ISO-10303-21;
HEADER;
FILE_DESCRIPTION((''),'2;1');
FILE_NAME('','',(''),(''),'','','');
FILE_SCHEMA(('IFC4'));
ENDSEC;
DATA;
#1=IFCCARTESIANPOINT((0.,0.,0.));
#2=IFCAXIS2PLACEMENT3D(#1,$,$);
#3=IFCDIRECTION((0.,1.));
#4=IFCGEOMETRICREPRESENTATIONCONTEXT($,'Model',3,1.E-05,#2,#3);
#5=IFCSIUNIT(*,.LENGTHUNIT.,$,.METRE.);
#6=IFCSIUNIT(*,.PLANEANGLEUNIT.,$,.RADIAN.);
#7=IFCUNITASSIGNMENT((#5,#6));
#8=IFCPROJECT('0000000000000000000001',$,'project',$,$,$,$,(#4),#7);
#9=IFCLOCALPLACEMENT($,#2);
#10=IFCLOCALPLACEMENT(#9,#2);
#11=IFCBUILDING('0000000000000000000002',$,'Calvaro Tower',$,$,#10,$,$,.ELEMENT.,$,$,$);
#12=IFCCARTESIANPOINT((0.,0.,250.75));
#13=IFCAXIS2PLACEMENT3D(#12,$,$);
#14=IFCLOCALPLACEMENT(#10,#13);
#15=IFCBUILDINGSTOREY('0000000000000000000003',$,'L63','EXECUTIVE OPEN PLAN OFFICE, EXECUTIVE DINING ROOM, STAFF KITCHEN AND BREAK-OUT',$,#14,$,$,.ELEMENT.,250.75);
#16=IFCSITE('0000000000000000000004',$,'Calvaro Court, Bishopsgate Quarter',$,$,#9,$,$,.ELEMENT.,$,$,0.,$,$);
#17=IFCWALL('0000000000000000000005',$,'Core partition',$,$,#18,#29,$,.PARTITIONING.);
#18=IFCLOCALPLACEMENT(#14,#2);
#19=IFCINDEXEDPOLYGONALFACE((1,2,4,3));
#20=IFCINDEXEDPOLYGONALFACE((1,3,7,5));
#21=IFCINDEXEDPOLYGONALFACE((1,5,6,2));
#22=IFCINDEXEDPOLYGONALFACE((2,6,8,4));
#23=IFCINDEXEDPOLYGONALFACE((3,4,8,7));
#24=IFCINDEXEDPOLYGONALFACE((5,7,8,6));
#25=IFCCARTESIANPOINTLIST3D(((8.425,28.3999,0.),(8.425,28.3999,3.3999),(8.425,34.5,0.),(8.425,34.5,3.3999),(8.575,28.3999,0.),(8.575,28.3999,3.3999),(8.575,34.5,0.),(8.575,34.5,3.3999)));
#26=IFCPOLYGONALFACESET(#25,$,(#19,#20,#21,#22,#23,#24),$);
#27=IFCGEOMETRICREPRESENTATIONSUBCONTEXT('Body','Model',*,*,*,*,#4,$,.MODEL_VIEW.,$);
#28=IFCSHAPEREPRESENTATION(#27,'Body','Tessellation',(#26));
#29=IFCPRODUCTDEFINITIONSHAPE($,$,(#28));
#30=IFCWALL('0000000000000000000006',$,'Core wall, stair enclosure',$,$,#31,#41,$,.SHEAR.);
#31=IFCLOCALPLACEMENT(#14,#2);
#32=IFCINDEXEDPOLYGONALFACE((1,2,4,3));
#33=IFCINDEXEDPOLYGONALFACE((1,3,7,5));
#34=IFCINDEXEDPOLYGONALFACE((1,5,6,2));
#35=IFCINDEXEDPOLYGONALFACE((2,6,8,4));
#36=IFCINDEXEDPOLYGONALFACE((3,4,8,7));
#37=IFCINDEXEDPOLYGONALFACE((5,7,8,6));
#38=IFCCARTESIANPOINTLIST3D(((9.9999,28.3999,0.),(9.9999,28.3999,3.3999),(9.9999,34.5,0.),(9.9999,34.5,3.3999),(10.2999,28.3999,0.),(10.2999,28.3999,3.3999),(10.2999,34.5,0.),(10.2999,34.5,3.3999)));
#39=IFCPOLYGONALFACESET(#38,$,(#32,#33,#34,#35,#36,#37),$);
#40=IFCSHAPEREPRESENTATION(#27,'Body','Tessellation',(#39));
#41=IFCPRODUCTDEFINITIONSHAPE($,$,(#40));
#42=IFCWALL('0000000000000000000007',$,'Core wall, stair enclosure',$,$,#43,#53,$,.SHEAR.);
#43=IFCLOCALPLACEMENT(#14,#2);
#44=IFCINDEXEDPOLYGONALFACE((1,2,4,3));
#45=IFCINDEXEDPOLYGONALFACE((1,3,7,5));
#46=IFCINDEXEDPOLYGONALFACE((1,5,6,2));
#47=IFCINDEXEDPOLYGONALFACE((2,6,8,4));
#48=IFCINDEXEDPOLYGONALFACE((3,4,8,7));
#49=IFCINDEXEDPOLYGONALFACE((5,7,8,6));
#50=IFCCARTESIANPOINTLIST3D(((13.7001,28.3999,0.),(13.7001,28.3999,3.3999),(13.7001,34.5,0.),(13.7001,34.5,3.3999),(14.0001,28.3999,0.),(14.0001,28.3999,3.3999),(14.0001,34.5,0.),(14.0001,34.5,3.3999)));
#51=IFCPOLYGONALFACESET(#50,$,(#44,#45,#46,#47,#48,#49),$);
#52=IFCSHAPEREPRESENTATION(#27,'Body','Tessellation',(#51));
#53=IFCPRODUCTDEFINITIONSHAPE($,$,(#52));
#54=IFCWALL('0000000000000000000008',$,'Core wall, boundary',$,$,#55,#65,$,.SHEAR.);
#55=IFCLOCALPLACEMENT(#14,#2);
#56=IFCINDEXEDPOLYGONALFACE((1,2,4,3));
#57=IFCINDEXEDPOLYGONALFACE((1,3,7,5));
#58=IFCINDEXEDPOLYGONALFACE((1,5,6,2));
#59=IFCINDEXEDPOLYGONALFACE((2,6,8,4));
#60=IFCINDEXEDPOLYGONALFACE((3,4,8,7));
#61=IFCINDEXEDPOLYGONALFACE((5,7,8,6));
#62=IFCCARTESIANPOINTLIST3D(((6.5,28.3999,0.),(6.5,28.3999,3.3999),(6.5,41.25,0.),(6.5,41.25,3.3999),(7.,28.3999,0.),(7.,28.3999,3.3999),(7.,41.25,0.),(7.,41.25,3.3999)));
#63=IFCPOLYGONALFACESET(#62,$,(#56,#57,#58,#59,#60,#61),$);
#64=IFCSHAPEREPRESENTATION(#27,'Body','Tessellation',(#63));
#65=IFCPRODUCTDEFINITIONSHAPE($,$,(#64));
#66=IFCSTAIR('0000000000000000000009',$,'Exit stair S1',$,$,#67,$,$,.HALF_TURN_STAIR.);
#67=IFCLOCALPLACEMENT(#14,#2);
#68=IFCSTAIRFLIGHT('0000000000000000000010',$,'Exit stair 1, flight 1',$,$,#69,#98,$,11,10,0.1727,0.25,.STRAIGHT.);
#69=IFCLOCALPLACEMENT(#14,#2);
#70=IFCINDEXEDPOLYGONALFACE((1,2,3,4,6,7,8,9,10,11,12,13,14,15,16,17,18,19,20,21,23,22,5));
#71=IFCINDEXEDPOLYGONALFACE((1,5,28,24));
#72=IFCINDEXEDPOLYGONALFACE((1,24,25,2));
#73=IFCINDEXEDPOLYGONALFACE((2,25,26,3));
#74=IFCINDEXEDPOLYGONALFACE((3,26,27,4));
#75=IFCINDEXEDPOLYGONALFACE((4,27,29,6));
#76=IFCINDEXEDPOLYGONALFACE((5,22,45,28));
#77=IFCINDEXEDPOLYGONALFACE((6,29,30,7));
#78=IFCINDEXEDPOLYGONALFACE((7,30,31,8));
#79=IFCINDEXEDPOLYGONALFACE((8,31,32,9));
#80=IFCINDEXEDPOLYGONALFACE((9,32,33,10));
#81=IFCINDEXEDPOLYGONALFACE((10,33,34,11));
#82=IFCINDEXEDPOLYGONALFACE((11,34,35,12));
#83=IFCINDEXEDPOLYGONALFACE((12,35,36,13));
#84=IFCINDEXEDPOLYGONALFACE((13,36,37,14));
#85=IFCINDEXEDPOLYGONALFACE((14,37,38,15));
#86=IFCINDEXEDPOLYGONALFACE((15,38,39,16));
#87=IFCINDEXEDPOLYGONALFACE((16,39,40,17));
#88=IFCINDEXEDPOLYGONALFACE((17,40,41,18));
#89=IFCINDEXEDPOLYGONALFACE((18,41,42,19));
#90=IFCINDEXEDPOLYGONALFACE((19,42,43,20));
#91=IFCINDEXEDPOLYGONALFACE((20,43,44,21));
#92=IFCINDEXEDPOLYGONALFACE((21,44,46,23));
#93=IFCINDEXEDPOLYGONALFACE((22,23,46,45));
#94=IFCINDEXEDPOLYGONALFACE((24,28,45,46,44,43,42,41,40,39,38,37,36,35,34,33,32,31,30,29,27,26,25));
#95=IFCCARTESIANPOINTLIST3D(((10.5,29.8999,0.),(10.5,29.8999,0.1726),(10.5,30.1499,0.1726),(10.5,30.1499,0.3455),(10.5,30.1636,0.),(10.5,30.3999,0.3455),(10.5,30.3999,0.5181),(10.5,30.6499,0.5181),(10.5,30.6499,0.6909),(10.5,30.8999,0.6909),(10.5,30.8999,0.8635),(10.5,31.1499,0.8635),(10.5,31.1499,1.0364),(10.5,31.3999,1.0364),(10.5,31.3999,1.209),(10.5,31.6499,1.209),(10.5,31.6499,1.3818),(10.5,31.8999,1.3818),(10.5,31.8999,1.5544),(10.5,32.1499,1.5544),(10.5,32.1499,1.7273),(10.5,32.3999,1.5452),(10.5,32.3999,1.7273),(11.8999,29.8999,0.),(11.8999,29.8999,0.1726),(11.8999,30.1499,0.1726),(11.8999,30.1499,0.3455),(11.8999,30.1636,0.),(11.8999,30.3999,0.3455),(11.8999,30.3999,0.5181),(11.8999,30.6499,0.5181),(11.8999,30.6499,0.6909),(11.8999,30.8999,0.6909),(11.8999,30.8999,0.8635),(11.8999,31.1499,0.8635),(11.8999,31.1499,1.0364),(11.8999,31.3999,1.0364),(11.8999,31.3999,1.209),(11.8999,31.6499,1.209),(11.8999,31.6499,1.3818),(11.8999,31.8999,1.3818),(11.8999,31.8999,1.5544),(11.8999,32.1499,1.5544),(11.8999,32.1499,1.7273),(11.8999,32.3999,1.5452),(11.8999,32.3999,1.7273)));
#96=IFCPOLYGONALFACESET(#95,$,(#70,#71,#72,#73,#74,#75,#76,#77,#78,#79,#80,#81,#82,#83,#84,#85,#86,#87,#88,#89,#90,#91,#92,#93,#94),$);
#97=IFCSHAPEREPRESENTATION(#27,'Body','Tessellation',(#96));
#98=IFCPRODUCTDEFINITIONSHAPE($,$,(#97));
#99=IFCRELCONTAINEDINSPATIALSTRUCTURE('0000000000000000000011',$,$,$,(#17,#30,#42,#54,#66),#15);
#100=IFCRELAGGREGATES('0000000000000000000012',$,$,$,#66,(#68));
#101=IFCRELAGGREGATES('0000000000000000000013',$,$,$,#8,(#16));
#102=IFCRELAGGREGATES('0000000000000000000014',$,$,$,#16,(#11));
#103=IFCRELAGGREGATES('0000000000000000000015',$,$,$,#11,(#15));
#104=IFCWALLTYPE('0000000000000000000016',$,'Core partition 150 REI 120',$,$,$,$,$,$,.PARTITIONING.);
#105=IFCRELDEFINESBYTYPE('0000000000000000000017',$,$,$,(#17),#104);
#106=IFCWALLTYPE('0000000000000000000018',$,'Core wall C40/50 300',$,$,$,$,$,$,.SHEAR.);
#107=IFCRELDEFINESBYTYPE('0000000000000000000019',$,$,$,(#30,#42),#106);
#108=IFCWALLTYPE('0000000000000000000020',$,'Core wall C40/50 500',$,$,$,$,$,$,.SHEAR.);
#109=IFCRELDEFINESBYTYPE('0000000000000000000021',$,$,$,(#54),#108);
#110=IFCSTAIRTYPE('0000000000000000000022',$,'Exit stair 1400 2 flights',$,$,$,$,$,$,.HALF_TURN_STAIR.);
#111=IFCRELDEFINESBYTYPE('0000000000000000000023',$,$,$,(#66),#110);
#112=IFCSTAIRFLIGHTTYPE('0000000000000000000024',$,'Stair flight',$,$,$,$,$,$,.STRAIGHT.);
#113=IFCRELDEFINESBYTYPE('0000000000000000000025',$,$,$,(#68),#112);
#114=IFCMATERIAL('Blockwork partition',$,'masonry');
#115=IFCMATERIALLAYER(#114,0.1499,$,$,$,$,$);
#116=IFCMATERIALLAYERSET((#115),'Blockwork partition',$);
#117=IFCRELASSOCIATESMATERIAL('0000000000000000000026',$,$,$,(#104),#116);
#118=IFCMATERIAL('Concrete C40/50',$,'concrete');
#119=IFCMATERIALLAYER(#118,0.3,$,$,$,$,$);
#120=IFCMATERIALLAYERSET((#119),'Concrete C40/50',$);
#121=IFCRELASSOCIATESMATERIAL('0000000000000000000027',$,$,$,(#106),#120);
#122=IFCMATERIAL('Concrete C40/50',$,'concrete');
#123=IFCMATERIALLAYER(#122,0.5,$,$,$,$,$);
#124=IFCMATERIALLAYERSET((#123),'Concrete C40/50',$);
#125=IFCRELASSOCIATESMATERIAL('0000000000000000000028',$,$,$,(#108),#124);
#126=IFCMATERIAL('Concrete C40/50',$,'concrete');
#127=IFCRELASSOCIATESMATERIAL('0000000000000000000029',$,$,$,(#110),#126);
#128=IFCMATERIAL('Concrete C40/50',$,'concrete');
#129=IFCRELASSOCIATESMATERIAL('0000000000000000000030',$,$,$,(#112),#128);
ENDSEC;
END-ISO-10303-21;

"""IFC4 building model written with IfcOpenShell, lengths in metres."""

from ifc_helpers import new_model, si_unit, direction, frame, frame_2d, origin, place, context, subcontext, project, spatial, polyline, rectangle, outline, extrude, material, layer, layer_set, type_object, element, aggregate, save


model = new_model("IFC4")

# Units and contexts
model_context = context("Model", 3, precision=1e-05, world=origin(), true_north=direction((0.0, 1.0)))
body_context = subcontext(model_context, "Body", "Model", "MODEL_VIEW")
ifc_project = project(units=[si_unit("LENGTHUNIT", "METRE"), si_unit("PLANEANGLEUNIT", "RADIAN")], contexts=[model_context])

# Site, building, storey
site_placement = place(None, origin())
site = spatial("IfcSite", under=ifc_project, at=site_placement, Name="Calvaro Court, Bishopsgate Quarter", CompositionType="ELEMENT", RefElevation=0.0)
building_placement = place(site_placement, origin())
building = spatial("IfcBuilding", under=site, at=building_placement, Name="Calvaro Tower", CompositionType="ELEMENT")
storey_placement = place(building_placement, frame((0.0, 0.0, 250.75)))
storey = spatial("IfcBuildingStorey", under=building, at=storey_placement, Name="L63", Description="EXECUTIVE OPEN PLAN OFFICE, EXECUTIVE DINING ROOM, STAFF KITCHEN AND BREAK-OUT", CompositionType="ELEMENT", Elevation=250.75)

# Walls
ifc_material_1 = material(Name="Blockwork partition", Category="masonry")
ifc_layer_1 = layer(ifc_material_1, 0.1499)
ifc_layer_set_1 = layer_set([ifc_layer_1], Name="Blockwork partition")
wall_type_1 = type_object("IfcWallType", Name="Core partition 150 REI 120", PredefinedType="PARTITIONING", material=ifc_layer_set_1)
wall_1_placement = place(storey_placement, frame((8.5, 28.3999, 0.0), z_axis=(0.0, 0.0, 1.0), x_axis=(0.0, 1.0, 0.0)))
element("IfcWall", 1, at=wall_1_placement, inside=storey, type_object=wall_type_1, Name="Core partition", PredefinedType="PARTITIONING", context=body_context, shape_type="SweptSolid", body=[
    extrude(rectangle(XDim=6.1001, YDim=0.1499, at=frame_2d((3.05, 0.0))), origin(), (0.0, 0.0, 1.0), 3.3999),
])
ifc_material_2 = material(Name="Concrete C40/50", Category="concrete")
ifc_layer_2 = layer(ifc_material_2, 0.3)
ifc_layer_set_2 = layer_set([ifc_layer_2], Name="Concrete C40/50")
wall_type_2 = type_object("IfcWallType", Name="Core wall C40/50 300", PredefinedType="SHEAR", material=ifc_layer_set_2)
for number, where, z_axis, x_axis, name in (
    (2, (10.1499, 28.3999, 0.0), (0.0, 0.0, 1.0), (0.0, 1.0, 0.0), "Core wall, stair enclosure"),
    (3, (13.8501, 28.3999, 0.0), (0.0, 0.0, 1.0), (0.0, 1.0, 0.0), "Core wall, stair enclosure"),
):
    element("IfcWall", number, at=place(storey_placement, frame(where, z_axis=z_axis, x_axis=x_axis)), inside=storey, type_object=wall_type_2, Name=name, PredefinedType="SHEAR", context=body_context, shape_type="SweptSolid", body=[
        extrude(rectangle(XDim=6.1001, YDim=0.3, at=frame_2d((3.05, 0.0))), origin(), (0.0, 0.0, 1.0), 3.3999),
    ])

# Wall
ifc_material_3 = material(Name="Concrete C40/50", Category="concrete")
ifc_layer_3 = layer(ifc_material_3, 0.5)
ifc_layer_set_3 = layer_set([ifc_layer_3], Name="Concrete C40/50")
wall_type_3 = type_object("IfcWallType", Name="Core wall C40/50 500", PredefinedType="SHEAR", material=ifc_layer_set_3)
wall_2_placement = place(storey_placement, frame((6.75, 28.3999, 0.0), z_axis=(0.0, 0.0, 1.0), x_axis=(0.0, 1.0, 0.0)))
element("IfcWall", 4, at=wall_2_placement, inside=storey, type_object=wall_type_3, Name="Core wall, boundary", PredefinedType="SHEAR", context=body_context, shape_type="SweptSolid", body=[
    extrude(rectangle(XDim=12.8501, YDim=0.5, at=frame_2d((6.425, 0.0))), origin(), (0.0, 0.0, 1.0), 3.3999),
])

# Stair, stair flight
ifc_material_4 = material(Name="Concrete C40/50", Category="concrete")
stair_type = type_object("IfcStairType", Name="Exit stair 1400 2 flights", PredefinedType="HALF_TURN_STAIR", material=ifc_material_4)
stair_placement = place(storey_placement, origin())
stair = element("IfcStair", 5, at=stair_placement, inside=storey, type_object=stair_type, Name="Exit stair S1", PredefinedType="HALF_TURN_STAIR")
ifc_material_5 = material(Name="Concrete C40/50", Category="concrete")
stair_flight_type = type_object("IfcStairFlightType", Name="Stair flight", PredefinedType="STRAIGHT", material=ifc_material_5)
stair_flight_placement = place(storey_placement, frame((11.2, 29.8999, 0.0), z_axis=(0.0, 0.0, 1.0), x_axis=(0.0, 1.0, 0.0)))
stair_flight = element("IfcStairFlight", 6, at=stair_flight_placement, type_object=stair_flight_type, Name="Exit stair 1, flight 1", NumberOfRisers=11, NumberOfTreads=10, PredefinedType="STRAIGHT", RiserHeight=0.1727, TreadLength=0.25, context=body_context, shape_type="SweptSolid", body=[
    extrude(outline(polyline([(0.0, 0.0), (0.0, 0.1726), (0.25, 0.1726), (0.25, 0.3455), (0.5, 0.3455), (0.5, 0.5181), (0.75, 0.5181), (0.75, 0.6909), (1.0, 0.6909), (1.0, 0.8635), (1.25, 0.8635), (1.25, 1.0364), (1.5, 1.0364), (1.5, 1.209), (1.75, 1.209), (1.75, 1.3818), (2.0, 1.3818), (2.0, 1.5544), (2.25, 1.5544), (2.25, 1.7273), (2.5, 1.7273), (2.5, 1.8999), (2.5, 1.5452), (0.2637, 0.0), (0.0, 0.0)])), frame((0.0, 0.7, 0.0), z_axis=(0.0, -1.0, 0.0), x_axis=(1.0, 0.0, 0.0)), (0.0, 0.0, 1.0), 1.3999),
])
aggregate(stair, [stair_flight])

save(model, "model.ifc")
